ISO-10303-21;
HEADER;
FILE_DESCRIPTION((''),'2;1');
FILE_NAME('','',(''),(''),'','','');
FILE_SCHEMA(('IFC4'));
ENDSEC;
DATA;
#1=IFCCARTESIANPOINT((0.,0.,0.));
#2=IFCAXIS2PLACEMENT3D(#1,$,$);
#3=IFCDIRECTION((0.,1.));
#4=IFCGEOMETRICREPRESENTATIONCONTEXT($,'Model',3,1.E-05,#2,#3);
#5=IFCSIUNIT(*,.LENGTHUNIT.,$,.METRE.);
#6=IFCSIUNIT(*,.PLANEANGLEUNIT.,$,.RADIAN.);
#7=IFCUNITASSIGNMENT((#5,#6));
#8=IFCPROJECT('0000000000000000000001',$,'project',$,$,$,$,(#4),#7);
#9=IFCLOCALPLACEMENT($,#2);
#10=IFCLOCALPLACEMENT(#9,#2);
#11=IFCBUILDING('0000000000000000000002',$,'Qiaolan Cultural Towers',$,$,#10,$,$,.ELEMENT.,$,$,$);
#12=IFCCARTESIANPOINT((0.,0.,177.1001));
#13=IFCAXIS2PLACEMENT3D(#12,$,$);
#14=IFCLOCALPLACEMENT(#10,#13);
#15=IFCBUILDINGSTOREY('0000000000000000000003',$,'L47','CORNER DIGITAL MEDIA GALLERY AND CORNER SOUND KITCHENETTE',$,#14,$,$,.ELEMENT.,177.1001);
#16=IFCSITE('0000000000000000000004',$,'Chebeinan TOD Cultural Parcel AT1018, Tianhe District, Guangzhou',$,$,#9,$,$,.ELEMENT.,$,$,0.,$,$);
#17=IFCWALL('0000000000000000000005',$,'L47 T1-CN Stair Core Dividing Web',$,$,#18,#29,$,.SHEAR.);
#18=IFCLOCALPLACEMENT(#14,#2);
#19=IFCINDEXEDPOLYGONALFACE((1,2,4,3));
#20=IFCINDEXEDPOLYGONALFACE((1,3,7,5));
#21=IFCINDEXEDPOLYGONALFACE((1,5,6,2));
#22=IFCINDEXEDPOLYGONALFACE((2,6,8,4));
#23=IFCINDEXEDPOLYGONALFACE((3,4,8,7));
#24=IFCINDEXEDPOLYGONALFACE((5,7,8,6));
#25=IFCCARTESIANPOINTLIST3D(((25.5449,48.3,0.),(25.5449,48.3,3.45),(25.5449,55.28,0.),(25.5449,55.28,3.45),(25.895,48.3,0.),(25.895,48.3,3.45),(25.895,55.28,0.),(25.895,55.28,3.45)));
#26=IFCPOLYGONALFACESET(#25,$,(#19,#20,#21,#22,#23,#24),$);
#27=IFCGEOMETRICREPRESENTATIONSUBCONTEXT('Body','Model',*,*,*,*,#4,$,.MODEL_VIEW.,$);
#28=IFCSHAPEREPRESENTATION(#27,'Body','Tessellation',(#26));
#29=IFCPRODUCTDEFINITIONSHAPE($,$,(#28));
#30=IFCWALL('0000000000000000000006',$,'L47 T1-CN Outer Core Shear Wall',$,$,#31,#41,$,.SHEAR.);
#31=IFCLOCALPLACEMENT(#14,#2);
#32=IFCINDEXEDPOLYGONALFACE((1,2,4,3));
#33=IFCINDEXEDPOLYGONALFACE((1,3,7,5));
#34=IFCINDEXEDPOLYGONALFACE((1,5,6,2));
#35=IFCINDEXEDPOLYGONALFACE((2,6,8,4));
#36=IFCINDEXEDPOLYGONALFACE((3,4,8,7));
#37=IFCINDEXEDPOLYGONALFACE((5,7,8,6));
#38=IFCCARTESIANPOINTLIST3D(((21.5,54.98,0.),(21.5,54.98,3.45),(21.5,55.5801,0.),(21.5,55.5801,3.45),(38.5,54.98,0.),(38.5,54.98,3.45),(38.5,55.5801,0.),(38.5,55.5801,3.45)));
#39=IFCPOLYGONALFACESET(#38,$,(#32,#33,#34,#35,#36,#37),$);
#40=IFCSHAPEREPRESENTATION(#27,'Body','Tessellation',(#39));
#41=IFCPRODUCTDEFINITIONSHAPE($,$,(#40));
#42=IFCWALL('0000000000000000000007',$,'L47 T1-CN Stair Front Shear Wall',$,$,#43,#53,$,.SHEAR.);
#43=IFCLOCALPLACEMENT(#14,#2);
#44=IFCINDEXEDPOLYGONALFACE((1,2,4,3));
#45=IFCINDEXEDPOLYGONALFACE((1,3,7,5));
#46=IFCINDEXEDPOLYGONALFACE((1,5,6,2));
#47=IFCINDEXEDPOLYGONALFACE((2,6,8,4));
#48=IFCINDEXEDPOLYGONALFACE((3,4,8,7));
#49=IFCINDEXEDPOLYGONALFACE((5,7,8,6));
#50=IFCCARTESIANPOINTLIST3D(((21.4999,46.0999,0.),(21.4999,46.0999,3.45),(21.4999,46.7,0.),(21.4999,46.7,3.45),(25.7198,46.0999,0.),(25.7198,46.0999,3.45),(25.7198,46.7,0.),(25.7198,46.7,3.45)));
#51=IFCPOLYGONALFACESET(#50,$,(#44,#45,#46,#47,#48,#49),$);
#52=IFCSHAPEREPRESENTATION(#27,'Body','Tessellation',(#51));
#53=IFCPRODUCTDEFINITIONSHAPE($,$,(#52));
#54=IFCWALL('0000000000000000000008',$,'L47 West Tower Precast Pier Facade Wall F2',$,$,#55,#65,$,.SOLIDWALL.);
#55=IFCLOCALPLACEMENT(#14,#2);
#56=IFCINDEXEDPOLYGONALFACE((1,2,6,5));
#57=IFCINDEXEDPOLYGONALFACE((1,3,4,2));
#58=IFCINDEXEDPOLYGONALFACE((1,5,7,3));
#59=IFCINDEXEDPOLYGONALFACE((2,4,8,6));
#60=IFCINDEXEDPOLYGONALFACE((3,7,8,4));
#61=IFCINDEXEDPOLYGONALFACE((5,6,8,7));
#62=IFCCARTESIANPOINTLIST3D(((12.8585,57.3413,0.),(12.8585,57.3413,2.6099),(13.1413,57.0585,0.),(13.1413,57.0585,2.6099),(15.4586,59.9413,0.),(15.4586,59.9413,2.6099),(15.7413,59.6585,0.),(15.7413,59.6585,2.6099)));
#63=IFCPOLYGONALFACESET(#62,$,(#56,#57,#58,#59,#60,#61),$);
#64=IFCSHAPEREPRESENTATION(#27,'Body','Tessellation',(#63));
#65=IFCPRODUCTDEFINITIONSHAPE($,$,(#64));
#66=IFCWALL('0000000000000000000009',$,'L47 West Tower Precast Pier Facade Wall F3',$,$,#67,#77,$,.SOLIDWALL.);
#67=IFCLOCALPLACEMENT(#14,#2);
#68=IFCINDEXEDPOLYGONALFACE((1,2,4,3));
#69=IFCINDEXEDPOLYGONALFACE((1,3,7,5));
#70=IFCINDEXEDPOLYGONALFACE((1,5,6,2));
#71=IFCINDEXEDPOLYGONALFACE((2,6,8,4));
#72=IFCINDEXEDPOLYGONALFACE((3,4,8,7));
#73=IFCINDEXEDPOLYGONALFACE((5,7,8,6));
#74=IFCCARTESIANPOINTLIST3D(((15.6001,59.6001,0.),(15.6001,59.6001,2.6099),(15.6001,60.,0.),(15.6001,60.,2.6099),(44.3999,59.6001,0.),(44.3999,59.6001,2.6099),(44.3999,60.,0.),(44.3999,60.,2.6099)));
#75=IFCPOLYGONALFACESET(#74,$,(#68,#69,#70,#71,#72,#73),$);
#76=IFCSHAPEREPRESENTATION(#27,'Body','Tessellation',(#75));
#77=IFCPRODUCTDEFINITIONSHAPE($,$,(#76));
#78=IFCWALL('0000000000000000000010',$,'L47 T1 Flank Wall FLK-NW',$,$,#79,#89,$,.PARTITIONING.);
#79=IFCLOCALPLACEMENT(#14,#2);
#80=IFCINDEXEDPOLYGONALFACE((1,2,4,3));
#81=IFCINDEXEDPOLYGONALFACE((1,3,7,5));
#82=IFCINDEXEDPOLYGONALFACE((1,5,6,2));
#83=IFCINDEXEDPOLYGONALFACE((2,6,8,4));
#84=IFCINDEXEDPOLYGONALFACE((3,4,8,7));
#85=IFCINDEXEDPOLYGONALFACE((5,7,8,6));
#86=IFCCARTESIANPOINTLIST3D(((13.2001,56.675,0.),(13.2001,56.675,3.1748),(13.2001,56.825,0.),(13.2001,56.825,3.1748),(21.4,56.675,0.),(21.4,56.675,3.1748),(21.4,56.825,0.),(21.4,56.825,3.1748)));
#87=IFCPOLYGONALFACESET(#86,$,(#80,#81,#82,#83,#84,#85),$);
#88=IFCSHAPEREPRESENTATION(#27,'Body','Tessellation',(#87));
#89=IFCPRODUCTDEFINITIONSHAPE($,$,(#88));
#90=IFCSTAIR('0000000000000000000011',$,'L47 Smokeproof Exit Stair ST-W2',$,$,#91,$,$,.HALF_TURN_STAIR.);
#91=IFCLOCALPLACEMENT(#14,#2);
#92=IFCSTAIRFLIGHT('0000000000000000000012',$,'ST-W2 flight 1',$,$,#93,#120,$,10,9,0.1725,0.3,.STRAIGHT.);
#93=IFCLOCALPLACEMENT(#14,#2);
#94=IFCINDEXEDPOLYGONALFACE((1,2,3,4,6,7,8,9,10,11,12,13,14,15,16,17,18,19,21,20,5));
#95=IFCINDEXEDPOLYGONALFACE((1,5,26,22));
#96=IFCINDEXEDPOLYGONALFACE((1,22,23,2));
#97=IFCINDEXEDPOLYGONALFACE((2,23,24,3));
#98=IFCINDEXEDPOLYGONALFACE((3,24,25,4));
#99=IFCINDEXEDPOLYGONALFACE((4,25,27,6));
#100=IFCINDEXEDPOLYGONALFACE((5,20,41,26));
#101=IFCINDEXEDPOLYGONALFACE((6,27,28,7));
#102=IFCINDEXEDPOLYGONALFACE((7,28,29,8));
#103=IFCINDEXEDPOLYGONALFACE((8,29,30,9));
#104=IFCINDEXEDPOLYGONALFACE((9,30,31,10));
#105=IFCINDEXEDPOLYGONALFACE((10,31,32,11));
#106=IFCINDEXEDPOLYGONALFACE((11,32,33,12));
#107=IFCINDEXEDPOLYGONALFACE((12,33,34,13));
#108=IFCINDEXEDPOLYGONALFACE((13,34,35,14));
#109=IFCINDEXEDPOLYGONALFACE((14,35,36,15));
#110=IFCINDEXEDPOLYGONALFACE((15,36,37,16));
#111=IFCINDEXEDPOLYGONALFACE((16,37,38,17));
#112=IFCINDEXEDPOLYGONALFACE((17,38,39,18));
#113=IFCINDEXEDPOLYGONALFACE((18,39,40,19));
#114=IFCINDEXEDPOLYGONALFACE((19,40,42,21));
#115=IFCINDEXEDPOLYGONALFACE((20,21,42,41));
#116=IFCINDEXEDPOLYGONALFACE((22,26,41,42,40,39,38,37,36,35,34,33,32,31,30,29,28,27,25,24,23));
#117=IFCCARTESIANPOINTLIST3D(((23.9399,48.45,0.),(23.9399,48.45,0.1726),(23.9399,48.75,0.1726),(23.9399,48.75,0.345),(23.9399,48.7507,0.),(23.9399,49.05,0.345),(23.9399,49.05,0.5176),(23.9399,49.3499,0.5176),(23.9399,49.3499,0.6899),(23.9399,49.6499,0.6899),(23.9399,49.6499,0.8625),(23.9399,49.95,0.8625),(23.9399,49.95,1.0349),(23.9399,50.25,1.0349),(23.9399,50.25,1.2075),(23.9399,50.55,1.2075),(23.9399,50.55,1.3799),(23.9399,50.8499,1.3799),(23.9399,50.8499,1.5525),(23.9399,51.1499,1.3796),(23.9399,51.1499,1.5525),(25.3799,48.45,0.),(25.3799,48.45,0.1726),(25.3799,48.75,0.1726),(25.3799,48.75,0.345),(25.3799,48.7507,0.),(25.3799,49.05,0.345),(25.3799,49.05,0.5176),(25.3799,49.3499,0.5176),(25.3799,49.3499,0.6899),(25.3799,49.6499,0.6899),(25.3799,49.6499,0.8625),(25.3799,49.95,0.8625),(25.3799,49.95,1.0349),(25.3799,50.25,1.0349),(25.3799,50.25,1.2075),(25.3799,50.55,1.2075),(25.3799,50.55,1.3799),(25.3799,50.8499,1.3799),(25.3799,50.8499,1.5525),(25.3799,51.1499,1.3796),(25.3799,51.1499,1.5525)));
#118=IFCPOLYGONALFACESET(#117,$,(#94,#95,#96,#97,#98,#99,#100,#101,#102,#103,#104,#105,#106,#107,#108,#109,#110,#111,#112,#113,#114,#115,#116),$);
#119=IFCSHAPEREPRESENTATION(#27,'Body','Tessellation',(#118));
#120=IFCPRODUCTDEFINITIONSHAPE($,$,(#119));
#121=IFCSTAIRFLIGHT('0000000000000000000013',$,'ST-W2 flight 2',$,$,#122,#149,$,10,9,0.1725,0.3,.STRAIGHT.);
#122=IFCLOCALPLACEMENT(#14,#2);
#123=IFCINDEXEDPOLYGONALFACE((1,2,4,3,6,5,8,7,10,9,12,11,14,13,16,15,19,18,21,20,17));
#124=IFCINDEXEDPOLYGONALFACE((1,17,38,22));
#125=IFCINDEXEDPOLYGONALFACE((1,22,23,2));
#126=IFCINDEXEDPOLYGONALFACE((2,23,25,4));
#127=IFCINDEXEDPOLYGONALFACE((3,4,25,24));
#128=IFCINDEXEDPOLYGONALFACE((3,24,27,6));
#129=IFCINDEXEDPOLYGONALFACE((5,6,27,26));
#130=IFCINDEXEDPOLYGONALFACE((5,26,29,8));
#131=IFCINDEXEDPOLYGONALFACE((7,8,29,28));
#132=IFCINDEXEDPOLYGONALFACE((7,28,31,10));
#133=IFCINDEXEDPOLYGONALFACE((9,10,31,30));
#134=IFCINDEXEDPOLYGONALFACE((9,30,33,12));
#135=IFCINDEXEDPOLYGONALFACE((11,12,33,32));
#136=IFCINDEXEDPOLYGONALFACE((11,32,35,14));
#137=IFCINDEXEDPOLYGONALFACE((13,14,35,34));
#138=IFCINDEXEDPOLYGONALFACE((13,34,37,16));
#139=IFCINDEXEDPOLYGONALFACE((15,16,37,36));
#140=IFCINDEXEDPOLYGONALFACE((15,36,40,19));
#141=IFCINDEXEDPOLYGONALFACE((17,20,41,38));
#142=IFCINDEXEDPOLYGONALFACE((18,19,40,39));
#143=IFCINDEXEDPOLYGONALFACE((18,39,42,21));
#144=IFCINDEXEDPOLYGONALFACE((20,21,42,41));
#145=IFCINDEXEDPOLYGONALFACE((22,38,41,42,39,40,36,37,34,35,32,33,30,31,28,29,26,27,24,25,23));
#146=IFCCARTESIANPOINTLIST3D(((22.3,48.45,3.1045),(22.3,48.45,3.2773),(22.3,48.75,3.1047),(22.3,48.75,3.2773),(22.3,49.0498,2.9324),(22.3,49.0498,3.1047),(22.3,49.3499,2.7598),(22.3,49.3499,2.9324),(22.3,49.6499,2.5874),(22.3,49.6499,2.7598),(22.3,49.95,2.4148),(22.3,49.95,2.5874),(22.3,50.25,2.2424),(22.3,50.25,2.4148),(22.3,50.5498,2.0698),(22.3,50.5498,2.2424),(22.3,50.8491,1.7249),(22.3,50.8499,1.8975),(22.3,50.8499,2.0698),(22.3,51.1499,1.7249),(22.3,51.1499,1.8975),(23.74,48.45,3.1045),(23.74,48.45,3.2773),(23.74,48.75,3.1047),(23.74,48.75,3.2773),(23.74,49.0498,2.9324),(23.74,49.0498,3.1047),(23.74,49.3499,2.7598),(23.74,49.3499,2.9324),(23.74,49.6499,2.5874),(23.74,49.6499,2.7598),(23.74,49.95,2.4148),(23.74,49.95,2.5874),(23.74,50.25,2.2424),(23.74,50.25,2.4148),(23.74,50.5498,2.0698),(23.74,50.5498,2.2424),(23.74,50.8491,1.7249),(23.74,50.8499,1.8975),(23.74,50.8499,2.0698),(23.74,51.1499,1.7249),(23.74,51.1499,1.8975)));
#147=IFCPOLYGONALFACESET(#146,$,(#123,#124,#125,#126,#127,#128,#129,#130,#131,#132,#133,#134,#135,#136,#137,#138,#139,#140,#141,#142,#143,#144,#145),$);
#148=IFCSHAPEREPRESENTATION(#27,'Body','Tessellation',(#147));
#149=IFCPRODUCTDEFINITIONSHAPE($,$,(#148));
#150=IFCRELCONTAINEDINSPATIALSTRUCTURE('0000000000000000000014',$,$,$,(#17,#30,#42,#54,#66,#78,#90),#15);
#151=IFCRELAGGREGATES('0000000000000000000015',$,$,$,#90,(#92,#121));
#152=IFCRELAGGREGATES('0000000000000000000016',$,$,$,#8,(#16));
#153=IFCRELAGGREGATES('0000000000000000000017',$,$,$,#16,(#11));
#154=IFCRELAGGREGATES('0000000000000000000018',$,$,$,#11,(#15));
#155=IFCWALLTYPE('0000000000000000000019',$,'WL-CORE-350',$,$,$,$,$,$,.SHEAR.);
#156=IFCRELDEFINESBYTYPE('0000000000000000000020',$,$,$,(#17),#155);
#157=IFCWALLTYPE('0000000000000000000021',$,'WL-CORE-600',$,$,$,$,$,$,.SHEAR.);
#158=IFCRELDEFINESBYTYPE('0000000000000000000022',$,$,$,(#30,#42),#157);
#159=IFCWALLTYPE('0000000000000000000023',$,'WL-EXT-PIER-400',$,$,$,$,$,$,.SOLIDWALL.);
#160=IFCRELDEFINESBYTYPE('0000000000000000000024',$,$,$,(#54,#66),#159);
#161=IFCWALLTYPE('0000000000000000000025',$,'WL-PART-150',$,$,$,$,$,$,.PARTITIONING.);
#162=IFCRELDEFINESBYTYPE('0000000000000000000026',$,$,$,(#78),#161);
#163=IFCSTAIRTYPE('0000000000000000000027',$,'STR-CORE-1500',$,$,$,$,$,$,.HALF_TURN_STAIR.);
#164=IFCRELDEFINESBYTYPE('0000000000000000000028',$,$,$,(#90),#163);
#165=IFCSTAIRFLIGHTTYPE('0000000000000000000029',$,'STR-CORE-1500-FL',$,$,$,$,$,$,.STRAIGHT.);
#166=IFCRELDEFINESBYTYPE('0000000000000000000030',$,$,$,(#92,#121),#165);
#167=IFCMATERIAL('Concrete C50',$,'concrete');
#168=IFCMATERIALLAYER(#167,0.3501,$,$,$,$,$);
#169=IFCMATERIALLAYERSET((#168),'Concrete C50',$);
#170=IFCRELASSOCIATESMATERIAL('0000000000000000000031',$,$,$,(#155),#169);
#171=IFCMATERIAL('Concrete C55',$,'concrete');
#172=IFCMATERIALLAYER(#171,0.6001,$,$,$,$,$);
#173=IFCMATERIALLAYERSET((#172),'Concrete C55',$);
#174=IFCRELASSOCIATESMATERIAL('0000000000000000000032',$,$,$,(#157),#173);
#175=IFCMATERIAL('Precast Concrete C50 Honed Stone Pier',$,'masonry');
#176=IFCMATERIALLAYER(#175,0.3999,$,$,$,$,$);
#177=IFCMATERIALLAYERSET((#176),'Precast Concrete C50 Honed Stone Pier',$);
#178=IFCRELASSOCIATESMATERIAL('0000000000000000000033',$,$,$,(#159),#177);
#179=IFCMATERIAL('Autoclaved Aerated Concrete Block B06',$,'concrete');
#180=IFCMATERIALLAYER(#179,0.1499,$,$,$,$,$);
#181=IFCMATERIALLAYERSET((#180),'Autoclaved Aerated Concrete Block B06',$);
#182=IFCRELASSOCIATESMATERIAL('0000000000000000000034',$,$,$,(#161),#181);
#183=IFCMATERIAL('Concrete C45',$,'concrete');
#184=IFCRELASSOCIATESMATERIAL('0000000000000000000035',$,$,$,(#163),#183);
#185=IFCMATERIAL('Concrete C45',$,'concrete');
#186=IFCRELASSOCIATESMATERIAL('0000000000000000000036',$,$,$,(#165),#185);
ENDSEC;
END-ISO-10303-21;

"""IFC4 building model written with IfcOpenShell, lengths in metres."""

from ifc_helpers import new_model, si_unit, direction, frame, frame_2d, origin, place, context, subcontext, project, spatial, polyline, rectangle, outline, extrude, material, layer, layer_set, type_object, element, aggregate, save


model = new_model("IFC4")

# Units and contexts
model_context = context("Model", 3, precision=1e-05, world=origin(), true_north=direction((0.0, 1.0)))
body_context = subcontext(model_context, "Body", "Model", "MODEL_VIEW")
ifc_project = project(units=[si_unit("LENGTHUNIT", "METRE"), si_unit("PLANEANGLEUNIT", "RADIAN")], contexts=[model_context])

# Site, building, storey
site_placement = place(None, origin())
site = spatial("IfcSite", under=ifc_project, at=site_placement, Name="Chebeinan TOD Cultural Parcel AT1018, Tianhe District, Guangzhou", CompositionType="ELEMENT", RefElevation=0.0)
building_placement = place(site_placement, origin())
building = spatial("IfcBuilding", under=site, at=building_placement, Name="Qiaolan Cultural Towers", CompositionType="ELEMENT")
storey_placement = place(building_placement, frame((0.0, 0.0, 177.1001)))
storey = spatial("IfcBuildingStorey", under=building, at=storey_placement, Name="L47", Description="CORNER DIGITAL MEDIA GALLERY AND CORNER SOUND KITCHENETTE", CompositionType="ELEMENT", Elevation=177.1001)

# Walls
ifc_material_1 = material(Name="Concrete C50", Category="concrete")
ifc_layer_1 = layer(ifc_material_1, 0.3501)
ifc_layer_set_1 = layer_set([ifc_layer_1], Name="Concrete C50")
wall_type_1 = type_object("IfcWallType", Name="WL-CORE-350", PredefinedType="SHEAR", material=ifc_layer_set_1)
wall_1_placement = place(storey_placement, frame((25.72, 48.3, 0.0), z_axis=(0.0, 0.0, 1.0), x_axis=(0.0, 1.0, 0.0)))
element("IfcWall", 1, at=wall_1_placement, inside=storey, type_object=wall_type_1, Name="L47 T1-CN Stair Core Dividing Web", PredefinedType="SHEAR", context=body_context, shape_type="SweptSolid", body=[
    extrude(rectangle(XDim=6.98, YDim=0.3501, at=frame_2d((3.49, 0.0))), origin(), (0.0, 0.0, 1.0), 3.45),
])
ifc_material_2 = material(Name="Concrete C55", Category="concrete")
ifc_layer_2 = layer(ifc_material_2, 0.6001)
ifc_layer_set_2 = layer_set([ifc_layer_2], Name="Concrete C55")
wall_type_2 = type_object("IfcWallType", Name="WL-CORE-600", PredefinedType="SHEAR", material=ifc_layer_set_2)
wall_2_placement = place(storey_placement, frame((21.5, 55.28, 0.0), z_axis=(0.0, 0.0, 1.0), x_axis=(1.0, 0.0, 0.0)))
element("IfcWall", 2, at=wall_2_placement, inside=storey, type_object=wall_type_2, Name="L47 T1-CN Outer Core Shear Wall", PredefinedType="SHEAR", context=body_context, shape_type="SweptSolid", body=[
    extrude(rectangle(XDim=17.0, YDim=0.6001, at=frame_2d((8.5, 0.0))), origin(), (0.0, 0.0, 1.0), 3.45),
])
wall_3_placement = place(storey_placement, frame((21.5, 46.3999, 0.0), z_axis=(0.0, 0.0, 1.0), x_axis=(1.0, 0.0, 0.0)))
element("IfcWall", 3, at=wall_3_placement, inside=storey, type_object=wall_type_2, Name="L47 T1-CN Stair Front Shear Wall", PredefinedType="SHEAR", context=body_context, shape_type="SweptSolid", body=[
    extrude(rectangle(XDim=4.22, YDim=0.6001, at=frame_2d((2.1099, 0.0))), origin(), (0.0, 0.0, 1.0), 3.45),
])
ifc_material_3 = material(Name="Precast Concrete C50 Honed Stone Pier", Category="masonry")
ifc_layer_3 = layer(ifc_material_3, 0.3999)
ifc_layer_set_3 = layer_set([ifc_layer_3], Name="Precast Concrete C50 Honed Stone Pier")
wall_type_3 = type_object("IfcWallType", Name="WL-EXT-PIER-400", PredefinedType="SOLIDWALL", material=ifc_layer_set_3)
wall_4_placement = place(storey_placement, frame((13.0, 57.2, 0.0), z_axis=(0.0, 0.0, 1.0), x_axis=(0.707107, 0.707107, 0.0)))
element("IfcWall", 4, at=wall_4_placement, inside=storey, type_object=wall_type_3, Name="L47 West Tower Precast Pier Facade Wall F2", PredefinedType="SOLIDWALL", context=body_context, shape_type="SweptSolid", body=[
    extrude(rectangle(XDim=3.677, YDim=0.3999, at=frame_2d((1.8384, 0.0))), origin(), (0.0, 0.0, 1.0), 2.6099),
])
wall_5_placement = place(storey_placement, frame((15.6001, 59.8, 0.0), z_axis=(0.0, 0.0, 1.0), x_axis=(1.0, 0.0, 0.0)))
element("IfcWall", 5, at=wall_5_placement, inside=storey, type_object=wall_type_3, Name="L47 West Tower Precast Pier Facade Wall F3", PredefinedType="SOLIDWALL", context=body_context, shape_type="SweptSolid", body=[
    extrude(rectangle(XDim=28.7998, YDim=0.3999, at=frame_2d((14.3999, 0.0))), origin(), (0.0, 0.0, 1.0), 2.6099),
])
ifc_material_4 = material(Name="Autoclaved Aerated Concrete Block B06", Category="concrete")
ifc_layer_4 = layer(ifc_material_4, 0.1499)
ifc_layer_set_4 = layer_set([ifc_layer_4], Name="Autoclaved Aerated Concrete Block B06")
wall_type_4 = type_object("IfcWallType", Name="WL-PART-150", PredefinedType="PARTITIONING", material=ifc_layer_set_4)
wall_6_placement = place(storey_placement, frame((13.2, 56.75, 0.0), z_axis=(0.0, 0.0, 1.0), x_axis=(1.0, 0.0, 0.0)))
element("IfcWall", 6, at=wall_6_placement, inside=storey, type_object=wall_type_4, Name="L47 T1 Flank Wall FLK-NW", PredefinedType="PARTITIONING", context=body_context, shape_type="SweptSolid", body=[
    extrude(rectangle(XDim=8.2, YDim=0.1499, at=frame_2d((4.1001, 0.0))), origin(), (0.0, 0.0, 1.0), 3.1748),
])

# Stair, stair flights
ifc_material_5 = material(Name="Concrete C45", Category="concrete")
stair_type = type_object("IfcStairType", Name="STR-CORE-1500", PredefinedType="HALF_TURN_STAIR", material=ifc_material_5)
stair_placement = place(storey_placement, origin())
stair = element("IfcStair", 7, at=stair_placement, inside=storey, type_object=stair_type, Name="L47 Smokeproof Exit Stair ST-W2", PredefinedType="HALF_TURN_STAIR")
ifc_material_6 = material(Name="Concrete C45", Category="concrete")
stair_flight_type = type_object("IfcStairFlightType", Name="STR-CORE-1500-FL", PredefinedType="STRAIGHT", material=ifc_material_6)
stair_flight_1_placement = place(storey_placement, frame((24.6599, 48.45, 0.0), z_axis=(0.0, 0.0, 1.0), x_axis=(0.0, 1.0, 0.0)))
stair_flight_1 = element("IfcStairFlight", 8, at=stair_flight_1_placement, type_object=stair_flight_type, Name="ST-W2 flight 1", NumberOfRisers=10, NumberOfTreads=9, PredefinedType="STRAIGHT", RiserHeight=0.1725, TreadLength=0.3, context=body_context, shape_type="SweptSolid", body=[
    extrude(outline(polyline([(0.0, 0.0), (0.0, 0.1726), (0.3, 0.1726), (0.3, 0.345), (0.6001, 0.345), (0.6001, 0.5176), (0.8999, 0.5176), (0.8999, 0.6899), (1.2, 0.6899), (1.2, 0.8625), (1.5, 0.8625), (1.5, 1.0349), (1.8, 1.0349), (1.8, 1.2075), (2.1001, 1.2075), (2.1001, 1.3799), (2.3999, 1.3799), (2.3999, 1.5525), (2.7, 1.5525), (2.7, 1.7251), (2.7, 1.3796), (0.3008, 0.0), (0.0, 0.0)])), frame((0.0, 0.72, 0.0), z_axis=(0.0, -1.0, 0.0), x_axis=(1.0, 0.0, 0.0)), (0.0, 0.0, 1.0), 1.4399),
])
stair_flight_2_placement = place(storey_placement, frame((23.02, 51.1499, 1.7249), z_axis=(0.0, 0.0, 1.0), x_axis=(0.0, -1.0, 0.0)))
stair_flight_2 = element("IfcStairFlight", 9, at=stair_flight_2_placement, type_object=stair_flight_type, Name="ST-W2 flight 2", NumberOfRisers=10, NumberOfTreads=9, PredefinedType="STRAIGHT", RiserHeight=0.1725, TreadLength=0.3, context=body_context, shape_type="SweptSolid", body=[
    extrude(outline(polyline([(0.0, 0.0), (0.0, 0.1726), (0.3, 0.1726), (0.3, 0.345), (0.6001, 0.345), (0.6001, 0.5176), (0.8999, 0.5176), (0.8999, 0.6899), (1.2, 0.6899), (1.2, 0.8625), (1.5, 0.8625), (1.5, 1.0349), (1.8, 1.0349), (1.8, 1.2075), (2.1001, 1.2075), (2.1001, 1.3799), (2.3999, 1.3799), (2.3999, 1.5525), (2.7, 1.5525), (2.7, 1.7251), (2.7, 1.3796), (0.3008, 0.0), (0.0, 0.0)])), frame((0.0, 0.72, 0.0), z_axis=(0.0, -1.0, 0.0), x_axis=(1.0, 0.0, 0.0)), (0.0, 0.0, 1.0), 1.4399),
])
aggregate(stair, [stair_flight_1, stair_flight_2])

save(model, "model.ifc")
